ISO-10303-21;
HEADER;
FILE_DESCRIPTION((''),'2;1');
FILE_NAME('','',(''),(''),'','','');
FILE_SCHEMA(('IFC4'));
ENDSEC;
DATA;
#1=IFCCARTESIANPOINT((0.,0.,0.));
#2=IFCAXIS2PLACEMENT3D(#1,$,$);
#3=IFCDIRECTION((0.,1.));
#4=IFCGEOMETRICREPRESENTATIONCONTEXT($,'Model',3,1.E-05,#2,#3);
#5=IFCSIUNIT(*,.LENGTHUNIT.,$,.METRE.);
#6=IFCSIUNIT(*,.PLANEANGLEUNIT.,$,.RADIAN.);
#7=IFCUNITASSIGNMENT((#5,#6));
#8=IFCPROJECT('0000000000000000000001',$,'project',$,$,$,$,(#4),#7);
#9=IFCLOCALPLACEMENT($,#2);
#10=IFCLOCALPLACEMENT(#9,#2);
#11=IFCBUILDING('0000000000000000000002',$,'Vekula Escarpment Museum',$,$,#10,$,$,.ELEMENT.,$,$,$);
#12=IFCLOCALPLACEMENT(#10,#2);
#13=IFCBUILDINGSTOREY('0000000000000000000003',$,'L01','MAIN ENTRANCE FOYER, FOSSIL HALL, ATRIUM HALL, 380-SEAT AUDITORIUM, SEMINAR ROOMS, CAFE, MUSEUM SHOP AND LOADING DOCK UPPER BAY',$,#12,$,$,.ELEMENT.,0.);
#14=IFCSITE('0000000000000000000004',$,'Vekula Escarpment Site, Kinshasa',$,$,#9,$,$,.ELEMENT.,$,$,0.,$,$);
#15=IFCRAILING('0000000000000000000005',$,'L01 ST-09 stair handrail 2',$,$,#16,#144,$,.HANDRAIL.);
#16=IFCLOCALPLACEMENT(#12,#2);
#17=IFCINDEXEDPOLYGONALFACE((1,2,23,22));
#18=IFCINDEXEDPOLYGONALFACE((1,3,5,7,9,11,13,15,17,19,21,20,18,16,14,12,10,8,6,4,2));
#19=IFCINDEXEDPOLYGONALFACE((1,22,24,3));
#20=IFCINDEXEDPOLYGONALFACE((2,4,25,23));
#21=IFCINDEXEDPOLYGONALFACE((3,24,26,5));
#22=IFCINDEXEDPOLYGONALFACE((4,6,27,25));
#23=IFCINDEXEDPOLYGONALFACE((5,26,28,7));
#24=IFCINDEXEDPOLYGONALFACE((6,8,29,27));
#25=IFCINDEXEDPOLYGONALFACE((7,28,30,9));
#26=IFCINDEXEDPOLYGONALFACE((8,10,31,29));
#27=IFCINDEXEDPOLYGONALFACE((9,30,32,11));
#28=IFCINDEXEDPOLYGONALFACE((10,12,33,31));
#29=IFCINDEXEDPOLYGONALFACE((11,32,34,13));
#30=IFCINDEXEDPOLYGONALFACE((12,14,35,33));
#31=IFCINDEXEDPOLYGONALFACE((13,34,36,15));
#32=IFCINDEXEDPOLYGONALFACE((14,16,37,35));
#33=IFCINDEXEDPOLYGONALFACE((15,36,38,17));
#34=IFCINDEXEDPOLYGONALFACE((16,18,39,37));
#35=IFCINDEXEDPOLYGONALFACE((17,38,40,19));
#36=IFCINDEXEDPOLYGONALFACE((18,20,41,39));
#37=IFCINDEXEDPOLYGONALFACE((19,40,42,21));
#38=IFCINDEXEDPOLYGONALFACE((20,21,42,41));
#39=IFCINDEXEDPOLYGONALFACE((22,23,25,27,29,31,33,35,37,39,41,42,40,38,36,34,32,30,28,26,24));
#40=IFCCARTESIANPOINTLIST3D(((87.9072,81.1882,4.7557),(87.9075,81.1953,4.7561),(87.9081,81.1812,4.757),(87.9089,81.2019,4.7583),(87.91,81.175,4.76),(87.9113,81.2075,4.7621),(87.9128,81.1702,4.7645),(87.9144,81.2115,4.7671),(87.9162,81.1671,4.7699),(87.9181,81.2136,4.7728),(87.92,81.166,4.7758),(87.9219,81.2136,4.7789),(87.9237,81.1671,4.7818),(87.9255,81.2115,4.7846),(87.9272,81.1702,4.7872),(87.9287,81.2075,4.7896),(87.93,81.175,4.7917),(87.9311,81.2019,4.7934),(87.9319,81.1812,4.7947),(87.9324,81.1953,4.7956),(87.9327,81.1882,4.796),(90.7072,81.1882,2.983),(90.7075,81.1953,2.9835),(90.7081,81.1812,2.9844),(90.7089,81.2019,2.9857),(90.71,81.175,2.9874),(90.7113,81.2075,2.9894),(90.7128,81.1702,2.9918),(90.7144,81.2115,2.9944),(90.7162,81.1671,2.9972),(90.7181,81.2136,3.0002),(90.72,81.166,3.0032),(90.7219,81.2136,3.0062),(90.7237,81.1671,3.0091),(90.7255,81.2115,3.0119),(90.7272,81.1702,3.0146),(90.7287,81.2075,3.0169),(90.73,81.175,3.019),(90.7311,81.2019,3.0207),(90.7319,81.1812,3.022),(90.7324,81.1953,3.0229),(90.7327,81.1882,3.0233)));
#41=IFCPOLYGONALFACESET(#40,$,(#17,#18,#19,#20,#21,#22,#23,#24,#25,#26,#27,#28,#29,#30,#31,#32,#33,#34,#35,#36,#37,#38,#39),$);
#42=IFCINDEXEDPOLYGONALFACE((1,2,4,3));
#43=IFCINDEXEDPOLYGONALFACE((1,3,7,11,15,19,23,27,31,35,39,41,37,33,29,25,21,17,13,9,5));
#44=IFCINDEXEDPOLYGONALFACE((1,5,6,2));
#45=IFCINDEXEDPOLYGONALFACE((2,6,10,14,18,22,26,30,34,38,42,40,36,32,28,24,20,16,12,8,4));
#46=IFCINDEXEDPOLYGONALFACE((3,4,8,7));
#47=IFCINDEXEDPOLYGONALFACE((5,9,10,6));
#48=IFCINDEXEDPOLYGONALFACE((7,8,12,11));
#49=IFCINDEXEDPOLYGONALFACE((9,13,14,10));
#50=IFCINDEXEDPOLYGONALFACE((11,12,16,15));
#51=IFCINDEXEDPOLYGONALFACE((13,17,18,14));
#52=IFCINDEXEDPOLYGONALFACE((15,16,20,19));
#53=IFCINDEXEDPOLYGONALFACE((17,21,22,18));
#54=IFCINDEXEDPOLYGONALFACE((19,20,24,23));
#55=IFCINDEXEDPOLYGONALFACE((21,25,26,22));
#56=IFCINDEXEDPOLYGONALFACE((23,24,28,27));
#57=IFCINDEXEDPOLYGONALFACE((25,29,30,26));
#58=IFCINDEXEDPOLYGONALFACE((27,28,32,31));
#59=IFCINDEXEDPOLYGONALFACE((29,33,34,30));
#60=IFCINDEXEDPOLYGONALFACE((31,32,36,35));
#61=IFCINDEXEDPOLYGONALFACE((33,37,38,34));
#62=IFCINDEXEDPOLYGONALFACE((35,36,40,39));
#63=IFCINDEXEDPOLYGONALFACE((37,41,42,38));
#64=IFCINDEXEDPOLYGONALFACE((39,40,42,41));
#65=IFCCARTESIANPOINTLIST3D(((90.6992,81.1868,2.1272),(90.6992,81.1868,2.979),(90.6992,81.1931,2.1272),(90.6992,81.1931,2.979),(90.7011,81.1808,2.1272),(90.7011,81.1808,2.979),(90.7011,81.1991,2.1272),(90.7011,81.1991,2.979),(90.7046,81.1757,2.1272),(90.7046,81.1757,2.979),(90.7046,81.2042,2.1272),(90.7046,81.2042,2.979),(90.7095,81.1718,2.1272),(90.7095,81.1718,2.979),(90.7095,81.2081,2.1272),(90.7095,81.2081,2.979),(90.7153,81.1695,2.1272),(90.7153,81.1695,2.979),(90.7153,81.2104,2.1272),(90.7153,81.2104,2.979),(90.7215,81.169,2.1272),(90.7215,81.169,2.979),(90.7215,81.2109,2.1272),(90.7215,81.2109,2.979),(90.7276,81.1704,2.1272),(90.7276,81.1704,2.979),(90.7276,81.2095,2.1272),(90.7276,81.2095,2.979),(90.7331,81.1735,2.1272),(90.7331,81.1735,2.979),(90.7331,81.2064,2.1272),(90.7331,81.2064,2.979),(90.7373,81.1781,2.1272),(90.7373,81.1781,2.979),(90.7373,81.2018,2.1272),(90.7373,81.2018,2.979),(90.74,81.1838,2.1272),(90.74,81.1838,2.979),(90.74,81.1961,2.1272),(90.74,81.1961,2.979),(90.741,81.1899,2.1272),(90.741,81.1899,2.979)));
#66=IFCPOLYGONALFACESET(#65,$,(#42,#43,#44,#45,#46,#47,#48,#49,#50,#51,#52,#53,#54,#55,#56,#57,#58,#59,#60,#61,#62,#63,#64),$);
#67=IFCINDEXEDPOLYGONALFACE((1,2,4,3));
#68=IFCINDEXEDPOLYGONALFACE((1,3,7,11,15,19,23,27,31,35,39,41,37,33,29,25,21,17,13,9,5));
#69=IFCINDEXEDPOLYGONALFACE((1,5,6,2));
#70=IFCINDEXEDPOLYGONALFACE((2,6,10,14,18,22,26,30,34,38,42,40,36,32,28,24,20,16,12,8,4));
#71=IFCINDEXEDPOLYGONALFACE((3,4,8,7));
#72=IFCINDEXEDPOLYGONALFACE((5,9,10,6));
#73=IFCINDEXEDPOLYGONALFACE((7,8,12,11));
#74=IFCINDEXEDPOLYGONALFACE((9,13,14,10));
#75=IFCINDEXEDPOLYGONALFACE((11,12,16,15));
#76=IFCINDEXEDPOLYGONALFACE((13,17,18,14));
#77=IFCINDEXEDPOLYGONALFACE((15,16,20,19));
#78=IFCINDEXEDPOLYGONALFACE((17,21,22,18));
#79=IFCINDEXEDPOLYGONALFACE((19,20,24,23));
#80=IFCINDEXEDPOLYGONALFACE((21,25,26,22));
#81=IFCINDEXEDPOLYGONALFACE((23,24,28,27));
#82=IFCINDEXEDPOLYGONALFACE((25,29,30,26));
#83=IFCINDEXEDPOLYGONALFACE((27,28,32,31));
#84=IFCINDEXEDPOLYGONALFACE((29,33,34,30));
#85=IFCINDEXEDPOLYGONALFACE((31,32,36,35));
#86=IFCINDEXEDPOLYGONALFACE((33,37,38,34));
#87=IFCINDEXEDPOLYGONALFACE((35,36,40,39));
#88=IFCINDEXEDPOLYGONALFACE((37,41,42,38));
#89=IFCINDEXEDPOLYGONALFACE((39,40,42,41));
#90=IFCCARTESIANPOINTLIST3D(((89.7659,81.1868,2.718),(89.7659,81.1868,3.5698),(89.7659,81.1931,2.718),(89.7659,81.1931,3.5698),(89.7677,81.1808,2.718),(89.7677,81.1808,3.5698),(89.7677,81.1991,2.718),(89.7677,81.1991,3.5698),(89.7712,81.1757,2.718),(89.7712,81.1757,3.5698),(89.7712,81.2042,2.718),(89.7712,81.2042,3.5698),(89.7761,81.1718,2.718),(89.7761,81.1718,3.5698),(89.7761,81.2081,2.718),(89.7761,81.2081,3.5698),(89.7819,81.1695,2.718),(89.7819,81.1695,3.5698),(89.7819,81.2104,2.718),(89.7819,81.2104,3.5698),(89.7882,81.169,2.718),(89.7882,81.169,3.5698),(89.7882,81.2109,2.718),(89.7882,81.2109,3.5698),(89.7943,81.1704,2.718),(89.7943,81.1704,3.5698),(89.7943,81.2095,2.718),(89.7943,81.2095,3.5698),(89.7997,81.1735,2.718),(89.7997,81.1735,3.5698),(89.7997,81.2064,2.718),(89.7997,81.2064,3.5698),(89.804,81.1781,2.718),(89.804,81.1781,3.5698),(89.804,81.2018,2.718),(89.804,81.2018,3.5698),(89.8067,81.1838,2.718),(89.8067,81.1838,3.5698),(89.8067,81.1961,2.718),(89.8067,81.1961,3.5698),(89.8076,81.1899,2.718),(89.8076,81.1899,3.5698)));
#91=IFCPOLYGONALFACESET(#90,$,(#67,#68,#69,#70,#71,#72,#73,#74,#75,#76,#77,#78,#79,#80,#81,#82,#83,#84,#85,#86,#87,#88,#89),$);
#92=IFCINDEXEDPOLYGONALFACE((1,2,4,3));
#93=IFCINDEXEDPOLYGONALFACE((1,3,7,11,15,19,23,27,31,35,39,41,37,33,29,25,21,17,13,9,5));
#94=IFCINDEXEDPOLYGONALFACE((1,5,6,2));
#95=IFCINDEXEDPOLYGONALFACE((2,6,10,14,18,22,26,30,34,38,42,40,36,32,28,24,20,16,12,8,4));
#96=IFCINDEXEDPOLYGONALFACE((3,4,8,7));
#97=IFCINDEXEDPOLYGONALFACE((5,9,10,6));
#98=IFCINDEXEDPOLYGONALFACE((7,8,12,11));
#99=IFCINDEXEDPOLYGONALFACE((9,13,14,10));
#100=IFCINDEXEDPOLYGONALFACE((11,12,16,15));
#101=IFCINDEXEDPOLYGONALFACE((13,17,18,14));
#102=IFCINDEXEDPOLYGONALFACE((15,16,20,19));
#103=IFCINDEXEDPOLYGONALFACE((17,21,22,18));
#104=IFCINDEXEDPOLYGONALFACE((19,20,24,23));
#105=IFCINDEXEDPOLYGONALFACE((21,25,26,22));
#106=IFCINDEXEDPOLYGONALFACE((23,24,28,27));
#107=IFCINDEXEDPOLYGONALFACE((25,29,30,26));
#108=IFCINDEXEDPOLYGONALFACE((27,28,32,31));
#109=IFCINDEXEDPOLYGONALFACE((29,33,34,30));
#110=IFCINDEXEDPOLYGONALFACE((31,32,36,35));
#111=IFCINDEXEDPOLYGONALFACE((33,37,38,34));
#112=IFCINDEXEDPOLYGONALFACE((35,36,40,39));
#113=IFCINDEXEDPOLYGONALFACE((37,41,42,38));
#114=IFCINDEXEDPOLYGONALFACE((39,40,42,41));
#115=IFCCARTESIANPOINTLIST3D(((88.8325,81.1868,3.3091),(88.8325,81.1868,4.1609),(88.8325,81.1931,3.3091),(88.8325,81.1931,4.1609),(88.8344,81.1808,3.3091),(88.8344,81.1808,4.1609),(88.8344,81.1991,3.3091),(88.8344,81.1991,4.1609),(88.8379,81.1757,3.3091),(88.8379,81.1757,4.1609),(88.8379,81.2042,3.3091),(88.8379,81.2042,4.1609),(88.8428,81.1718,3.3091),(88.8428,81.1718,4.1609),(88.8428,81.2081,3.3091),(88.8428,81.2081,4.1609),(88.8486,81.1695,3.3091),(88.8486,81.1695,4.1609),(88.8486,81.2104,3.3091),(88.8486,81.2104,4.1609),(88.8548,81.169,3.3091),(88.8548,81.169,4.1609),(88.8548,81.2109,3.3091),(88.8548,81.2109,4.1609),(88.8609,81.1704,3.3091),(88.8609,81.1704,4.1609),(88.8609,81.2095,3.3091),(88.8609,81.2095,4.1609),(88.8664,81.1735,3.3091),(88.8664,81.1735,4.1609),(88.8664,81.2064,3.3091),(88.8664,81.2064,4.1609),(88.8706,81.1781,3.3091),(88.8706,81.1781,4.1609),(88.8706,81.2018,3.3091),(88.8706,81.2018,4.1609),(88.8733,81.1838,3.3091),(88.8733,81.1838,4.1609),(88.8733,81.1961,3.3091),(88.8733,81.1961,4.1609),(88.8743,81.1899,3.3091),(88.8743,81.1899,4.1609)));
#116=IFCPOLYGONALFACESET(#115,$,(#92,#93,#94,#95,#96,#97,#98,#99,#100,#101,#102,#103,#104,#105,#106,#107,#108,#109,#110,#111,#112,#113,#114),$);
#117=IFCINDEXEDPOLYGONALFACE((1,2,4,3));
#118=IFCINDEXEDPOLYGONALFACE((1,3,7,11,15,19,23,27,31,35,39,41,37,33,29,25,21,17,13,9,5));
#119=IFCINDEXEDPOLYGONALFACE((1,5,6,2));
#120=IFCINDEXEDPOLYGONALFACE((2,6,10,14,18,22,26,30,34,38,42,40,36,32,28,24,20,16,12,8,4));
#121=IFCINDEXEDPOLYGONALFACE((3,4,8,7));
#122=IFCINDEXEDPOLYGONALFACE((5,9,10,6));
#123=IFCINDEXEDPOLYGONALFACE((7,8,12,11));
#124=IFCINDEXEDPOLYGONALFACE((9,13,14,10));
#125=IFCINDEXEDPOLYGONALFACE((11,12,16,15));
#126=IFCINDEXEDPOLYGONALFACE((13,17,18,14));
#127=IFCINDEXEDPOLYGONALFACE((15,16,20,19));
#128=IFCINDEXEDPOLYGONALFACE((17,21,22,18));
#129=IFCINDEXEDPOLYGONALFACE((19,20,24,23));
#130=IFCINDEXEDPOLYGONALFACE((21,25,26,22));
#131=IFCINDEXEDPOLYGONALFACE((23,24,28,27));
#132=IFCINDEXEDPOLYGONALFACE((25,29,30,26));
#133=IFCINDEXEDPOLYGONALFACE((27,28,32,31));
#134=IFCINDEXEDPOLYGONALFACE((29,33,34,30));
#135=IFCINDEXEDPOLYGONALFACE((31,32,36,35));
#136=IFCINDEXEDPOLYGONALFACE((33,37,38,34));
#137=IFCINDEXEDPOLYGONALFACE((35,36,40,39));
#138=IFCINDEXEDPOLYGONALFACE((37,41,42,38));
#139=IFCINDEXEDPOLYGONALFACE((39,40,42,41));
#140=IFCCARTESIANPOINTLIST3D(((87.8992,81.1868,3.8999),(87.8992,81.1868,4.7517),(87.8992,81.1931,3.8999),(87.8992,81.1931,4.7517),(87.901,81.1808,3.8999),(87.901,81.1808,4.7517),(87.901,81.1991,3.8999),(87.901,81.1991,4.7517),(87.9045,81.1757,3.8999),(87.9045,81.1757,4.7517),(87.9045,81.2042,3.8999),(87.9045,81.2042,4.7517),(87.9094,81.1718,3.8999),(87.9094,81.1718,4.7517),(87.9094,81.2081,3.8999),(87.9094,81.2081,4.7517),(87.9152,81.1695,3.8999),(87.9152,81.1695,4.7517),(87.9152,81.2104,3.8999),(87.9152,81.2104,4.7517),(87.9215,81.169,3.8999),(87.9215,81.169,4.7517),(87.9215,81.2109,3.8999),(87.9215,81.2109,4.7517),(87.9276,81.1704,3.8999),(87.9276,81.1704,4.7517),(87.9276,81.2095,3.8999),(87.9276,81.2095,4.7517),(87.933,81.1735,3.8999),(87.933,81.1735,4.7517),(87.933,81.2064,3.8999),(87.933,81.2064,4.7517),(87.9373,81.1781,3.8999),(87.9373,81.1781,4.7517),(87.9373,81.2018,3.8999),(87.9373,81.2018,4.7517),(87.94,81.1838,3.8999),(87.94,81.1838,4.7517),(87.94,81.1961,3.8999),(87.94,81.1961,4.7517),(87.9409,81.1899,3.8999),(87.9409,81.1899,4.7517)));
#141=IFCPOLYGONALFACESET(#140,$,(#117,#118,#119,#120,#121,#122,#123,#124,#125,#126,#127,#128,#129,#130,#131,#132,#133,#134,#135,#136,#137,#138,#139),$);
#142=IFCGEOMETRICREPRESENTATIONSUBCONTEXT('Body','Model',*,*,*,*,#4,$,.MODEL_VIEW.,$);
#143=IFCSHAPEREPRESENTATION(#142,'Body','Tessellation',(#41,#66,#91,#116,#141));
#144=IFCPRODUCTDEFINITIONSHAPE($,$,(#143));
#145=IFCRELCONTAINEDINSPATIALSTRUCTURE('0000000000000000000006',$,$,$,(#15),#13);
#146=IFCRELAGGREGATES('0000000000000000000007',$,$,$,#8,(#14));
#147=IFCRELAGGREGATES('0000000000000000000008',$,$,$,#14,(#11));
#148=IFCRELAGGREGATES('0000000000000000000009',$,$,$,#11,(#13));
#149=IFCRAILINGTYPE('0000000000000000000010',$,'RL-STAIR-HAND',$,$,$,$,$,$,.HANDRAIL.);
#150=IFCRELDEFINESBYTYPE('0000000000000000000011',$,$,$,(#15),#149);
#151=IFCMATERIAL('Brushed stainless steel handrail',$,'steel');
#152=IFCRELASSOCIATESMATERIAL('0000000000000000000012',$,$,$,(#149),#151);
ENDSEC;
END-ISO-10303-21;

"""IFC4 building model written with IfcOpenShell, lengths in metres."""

from ifc_helpers import new_model, si_unit, direction, frame, origin, origin_2d, place, context, subcontext, project, spatial, circle, extrude, material, type_object, element, save


model = new_model("IFC4")

# Units and contexts
model_context = context("Model", 3, precision=1e-05, world=origin(), true_north=direction((0.0, 1.0)))
body_context = subcontext(model_context, "Body", "Model", "MODEL_VIEW")
ifc_project = project(units=[si_unit("LENGTHUNIT", "METRE"), si_unit("PLANEANGLEUNIT", "RADIAN")], contexts=[model_context])

# Site, building, storey
site_placement = place(None, origin())
site = spatial("IfcSite", under=ifc_project, at=site_placement, Name="Vekula Escarpment Site, Kinshasa", CompositionType="ELEMENT", RefElevation=0.0)
building_placement = place(site_placement, origin())
building = spatial("IfcBuilding", under=site, at=building_placement, Name="Vekula Escarpment Museum", CompositionType="ELEMENT")
storey_placement = place(building_placement, origin())
storey = spatial("IfcBuildingStorey", under=building, at=storey_placement, Name="L01", Description="MAIN ENTRANCE FOYER, FOSSIL HALL, ATRIUM HALL, 380-SEAT AUDITORIUM, SEMINAR ROOMS, CAFE, MUSEUM SHOP AND LOADING DOCK UPPER BAY", CompositionType="ELEMENT", Elevation=0.0)

# Railing
ifc_material_1 = material(Name="Brushed stainless steel handrail", Category="steel")
railing_type_1 = type_object("IfcRailingType", Name="RL-STAIR-HAND", PredefinedType="HANDRAIL", material=ifc_material_1)
for number, where, name in (
    (1, (90.72, 81.1899, 2.1272), "L01 ST-09 stair handrail 2"),
):
    element("IfcRailing", number, at=place(storey_placement, frame(where)), inside=storey, type_object=railing_type_1, Name=name, PredefinedType="HANDRAIL", context=body_context, shape_type="SweptSolid", body=[
        extrude(circle(Radius=0.0239, at=origin_2d()), frame((0.0, 0.0, 0.876), z_axis=(-0.844909, 0.0, 0.53491), x_axis=(0.0, -1.0, 0.0)), (0.0, 0.0, 1.0), 3.314),
        extrude(circle(Radius=0.021, at=origin_2d()), origin(), (0.0, 0.0, 1.0), 0.8518),
        extrude(circle(Radius=0.021, at=origin_2d()), frame((-0.9333, 0.0, 0.5908)), (0.0, 0.0, 1.0), 0.8518),
        extrude(circle(Radius=0.021, at=origin_2d()), frame((-1.8667, 0.0, 1.1819)), (0.0, 0.0, 1.0), 0.8518),
        extrude(circle(Radius=0.021, at=origin_2d()), frame((-2.8, 0.0, 1.7727)), (0.0, 0.0, 1.0), 0.8518),
    ])

save(model, "model.ifc")
